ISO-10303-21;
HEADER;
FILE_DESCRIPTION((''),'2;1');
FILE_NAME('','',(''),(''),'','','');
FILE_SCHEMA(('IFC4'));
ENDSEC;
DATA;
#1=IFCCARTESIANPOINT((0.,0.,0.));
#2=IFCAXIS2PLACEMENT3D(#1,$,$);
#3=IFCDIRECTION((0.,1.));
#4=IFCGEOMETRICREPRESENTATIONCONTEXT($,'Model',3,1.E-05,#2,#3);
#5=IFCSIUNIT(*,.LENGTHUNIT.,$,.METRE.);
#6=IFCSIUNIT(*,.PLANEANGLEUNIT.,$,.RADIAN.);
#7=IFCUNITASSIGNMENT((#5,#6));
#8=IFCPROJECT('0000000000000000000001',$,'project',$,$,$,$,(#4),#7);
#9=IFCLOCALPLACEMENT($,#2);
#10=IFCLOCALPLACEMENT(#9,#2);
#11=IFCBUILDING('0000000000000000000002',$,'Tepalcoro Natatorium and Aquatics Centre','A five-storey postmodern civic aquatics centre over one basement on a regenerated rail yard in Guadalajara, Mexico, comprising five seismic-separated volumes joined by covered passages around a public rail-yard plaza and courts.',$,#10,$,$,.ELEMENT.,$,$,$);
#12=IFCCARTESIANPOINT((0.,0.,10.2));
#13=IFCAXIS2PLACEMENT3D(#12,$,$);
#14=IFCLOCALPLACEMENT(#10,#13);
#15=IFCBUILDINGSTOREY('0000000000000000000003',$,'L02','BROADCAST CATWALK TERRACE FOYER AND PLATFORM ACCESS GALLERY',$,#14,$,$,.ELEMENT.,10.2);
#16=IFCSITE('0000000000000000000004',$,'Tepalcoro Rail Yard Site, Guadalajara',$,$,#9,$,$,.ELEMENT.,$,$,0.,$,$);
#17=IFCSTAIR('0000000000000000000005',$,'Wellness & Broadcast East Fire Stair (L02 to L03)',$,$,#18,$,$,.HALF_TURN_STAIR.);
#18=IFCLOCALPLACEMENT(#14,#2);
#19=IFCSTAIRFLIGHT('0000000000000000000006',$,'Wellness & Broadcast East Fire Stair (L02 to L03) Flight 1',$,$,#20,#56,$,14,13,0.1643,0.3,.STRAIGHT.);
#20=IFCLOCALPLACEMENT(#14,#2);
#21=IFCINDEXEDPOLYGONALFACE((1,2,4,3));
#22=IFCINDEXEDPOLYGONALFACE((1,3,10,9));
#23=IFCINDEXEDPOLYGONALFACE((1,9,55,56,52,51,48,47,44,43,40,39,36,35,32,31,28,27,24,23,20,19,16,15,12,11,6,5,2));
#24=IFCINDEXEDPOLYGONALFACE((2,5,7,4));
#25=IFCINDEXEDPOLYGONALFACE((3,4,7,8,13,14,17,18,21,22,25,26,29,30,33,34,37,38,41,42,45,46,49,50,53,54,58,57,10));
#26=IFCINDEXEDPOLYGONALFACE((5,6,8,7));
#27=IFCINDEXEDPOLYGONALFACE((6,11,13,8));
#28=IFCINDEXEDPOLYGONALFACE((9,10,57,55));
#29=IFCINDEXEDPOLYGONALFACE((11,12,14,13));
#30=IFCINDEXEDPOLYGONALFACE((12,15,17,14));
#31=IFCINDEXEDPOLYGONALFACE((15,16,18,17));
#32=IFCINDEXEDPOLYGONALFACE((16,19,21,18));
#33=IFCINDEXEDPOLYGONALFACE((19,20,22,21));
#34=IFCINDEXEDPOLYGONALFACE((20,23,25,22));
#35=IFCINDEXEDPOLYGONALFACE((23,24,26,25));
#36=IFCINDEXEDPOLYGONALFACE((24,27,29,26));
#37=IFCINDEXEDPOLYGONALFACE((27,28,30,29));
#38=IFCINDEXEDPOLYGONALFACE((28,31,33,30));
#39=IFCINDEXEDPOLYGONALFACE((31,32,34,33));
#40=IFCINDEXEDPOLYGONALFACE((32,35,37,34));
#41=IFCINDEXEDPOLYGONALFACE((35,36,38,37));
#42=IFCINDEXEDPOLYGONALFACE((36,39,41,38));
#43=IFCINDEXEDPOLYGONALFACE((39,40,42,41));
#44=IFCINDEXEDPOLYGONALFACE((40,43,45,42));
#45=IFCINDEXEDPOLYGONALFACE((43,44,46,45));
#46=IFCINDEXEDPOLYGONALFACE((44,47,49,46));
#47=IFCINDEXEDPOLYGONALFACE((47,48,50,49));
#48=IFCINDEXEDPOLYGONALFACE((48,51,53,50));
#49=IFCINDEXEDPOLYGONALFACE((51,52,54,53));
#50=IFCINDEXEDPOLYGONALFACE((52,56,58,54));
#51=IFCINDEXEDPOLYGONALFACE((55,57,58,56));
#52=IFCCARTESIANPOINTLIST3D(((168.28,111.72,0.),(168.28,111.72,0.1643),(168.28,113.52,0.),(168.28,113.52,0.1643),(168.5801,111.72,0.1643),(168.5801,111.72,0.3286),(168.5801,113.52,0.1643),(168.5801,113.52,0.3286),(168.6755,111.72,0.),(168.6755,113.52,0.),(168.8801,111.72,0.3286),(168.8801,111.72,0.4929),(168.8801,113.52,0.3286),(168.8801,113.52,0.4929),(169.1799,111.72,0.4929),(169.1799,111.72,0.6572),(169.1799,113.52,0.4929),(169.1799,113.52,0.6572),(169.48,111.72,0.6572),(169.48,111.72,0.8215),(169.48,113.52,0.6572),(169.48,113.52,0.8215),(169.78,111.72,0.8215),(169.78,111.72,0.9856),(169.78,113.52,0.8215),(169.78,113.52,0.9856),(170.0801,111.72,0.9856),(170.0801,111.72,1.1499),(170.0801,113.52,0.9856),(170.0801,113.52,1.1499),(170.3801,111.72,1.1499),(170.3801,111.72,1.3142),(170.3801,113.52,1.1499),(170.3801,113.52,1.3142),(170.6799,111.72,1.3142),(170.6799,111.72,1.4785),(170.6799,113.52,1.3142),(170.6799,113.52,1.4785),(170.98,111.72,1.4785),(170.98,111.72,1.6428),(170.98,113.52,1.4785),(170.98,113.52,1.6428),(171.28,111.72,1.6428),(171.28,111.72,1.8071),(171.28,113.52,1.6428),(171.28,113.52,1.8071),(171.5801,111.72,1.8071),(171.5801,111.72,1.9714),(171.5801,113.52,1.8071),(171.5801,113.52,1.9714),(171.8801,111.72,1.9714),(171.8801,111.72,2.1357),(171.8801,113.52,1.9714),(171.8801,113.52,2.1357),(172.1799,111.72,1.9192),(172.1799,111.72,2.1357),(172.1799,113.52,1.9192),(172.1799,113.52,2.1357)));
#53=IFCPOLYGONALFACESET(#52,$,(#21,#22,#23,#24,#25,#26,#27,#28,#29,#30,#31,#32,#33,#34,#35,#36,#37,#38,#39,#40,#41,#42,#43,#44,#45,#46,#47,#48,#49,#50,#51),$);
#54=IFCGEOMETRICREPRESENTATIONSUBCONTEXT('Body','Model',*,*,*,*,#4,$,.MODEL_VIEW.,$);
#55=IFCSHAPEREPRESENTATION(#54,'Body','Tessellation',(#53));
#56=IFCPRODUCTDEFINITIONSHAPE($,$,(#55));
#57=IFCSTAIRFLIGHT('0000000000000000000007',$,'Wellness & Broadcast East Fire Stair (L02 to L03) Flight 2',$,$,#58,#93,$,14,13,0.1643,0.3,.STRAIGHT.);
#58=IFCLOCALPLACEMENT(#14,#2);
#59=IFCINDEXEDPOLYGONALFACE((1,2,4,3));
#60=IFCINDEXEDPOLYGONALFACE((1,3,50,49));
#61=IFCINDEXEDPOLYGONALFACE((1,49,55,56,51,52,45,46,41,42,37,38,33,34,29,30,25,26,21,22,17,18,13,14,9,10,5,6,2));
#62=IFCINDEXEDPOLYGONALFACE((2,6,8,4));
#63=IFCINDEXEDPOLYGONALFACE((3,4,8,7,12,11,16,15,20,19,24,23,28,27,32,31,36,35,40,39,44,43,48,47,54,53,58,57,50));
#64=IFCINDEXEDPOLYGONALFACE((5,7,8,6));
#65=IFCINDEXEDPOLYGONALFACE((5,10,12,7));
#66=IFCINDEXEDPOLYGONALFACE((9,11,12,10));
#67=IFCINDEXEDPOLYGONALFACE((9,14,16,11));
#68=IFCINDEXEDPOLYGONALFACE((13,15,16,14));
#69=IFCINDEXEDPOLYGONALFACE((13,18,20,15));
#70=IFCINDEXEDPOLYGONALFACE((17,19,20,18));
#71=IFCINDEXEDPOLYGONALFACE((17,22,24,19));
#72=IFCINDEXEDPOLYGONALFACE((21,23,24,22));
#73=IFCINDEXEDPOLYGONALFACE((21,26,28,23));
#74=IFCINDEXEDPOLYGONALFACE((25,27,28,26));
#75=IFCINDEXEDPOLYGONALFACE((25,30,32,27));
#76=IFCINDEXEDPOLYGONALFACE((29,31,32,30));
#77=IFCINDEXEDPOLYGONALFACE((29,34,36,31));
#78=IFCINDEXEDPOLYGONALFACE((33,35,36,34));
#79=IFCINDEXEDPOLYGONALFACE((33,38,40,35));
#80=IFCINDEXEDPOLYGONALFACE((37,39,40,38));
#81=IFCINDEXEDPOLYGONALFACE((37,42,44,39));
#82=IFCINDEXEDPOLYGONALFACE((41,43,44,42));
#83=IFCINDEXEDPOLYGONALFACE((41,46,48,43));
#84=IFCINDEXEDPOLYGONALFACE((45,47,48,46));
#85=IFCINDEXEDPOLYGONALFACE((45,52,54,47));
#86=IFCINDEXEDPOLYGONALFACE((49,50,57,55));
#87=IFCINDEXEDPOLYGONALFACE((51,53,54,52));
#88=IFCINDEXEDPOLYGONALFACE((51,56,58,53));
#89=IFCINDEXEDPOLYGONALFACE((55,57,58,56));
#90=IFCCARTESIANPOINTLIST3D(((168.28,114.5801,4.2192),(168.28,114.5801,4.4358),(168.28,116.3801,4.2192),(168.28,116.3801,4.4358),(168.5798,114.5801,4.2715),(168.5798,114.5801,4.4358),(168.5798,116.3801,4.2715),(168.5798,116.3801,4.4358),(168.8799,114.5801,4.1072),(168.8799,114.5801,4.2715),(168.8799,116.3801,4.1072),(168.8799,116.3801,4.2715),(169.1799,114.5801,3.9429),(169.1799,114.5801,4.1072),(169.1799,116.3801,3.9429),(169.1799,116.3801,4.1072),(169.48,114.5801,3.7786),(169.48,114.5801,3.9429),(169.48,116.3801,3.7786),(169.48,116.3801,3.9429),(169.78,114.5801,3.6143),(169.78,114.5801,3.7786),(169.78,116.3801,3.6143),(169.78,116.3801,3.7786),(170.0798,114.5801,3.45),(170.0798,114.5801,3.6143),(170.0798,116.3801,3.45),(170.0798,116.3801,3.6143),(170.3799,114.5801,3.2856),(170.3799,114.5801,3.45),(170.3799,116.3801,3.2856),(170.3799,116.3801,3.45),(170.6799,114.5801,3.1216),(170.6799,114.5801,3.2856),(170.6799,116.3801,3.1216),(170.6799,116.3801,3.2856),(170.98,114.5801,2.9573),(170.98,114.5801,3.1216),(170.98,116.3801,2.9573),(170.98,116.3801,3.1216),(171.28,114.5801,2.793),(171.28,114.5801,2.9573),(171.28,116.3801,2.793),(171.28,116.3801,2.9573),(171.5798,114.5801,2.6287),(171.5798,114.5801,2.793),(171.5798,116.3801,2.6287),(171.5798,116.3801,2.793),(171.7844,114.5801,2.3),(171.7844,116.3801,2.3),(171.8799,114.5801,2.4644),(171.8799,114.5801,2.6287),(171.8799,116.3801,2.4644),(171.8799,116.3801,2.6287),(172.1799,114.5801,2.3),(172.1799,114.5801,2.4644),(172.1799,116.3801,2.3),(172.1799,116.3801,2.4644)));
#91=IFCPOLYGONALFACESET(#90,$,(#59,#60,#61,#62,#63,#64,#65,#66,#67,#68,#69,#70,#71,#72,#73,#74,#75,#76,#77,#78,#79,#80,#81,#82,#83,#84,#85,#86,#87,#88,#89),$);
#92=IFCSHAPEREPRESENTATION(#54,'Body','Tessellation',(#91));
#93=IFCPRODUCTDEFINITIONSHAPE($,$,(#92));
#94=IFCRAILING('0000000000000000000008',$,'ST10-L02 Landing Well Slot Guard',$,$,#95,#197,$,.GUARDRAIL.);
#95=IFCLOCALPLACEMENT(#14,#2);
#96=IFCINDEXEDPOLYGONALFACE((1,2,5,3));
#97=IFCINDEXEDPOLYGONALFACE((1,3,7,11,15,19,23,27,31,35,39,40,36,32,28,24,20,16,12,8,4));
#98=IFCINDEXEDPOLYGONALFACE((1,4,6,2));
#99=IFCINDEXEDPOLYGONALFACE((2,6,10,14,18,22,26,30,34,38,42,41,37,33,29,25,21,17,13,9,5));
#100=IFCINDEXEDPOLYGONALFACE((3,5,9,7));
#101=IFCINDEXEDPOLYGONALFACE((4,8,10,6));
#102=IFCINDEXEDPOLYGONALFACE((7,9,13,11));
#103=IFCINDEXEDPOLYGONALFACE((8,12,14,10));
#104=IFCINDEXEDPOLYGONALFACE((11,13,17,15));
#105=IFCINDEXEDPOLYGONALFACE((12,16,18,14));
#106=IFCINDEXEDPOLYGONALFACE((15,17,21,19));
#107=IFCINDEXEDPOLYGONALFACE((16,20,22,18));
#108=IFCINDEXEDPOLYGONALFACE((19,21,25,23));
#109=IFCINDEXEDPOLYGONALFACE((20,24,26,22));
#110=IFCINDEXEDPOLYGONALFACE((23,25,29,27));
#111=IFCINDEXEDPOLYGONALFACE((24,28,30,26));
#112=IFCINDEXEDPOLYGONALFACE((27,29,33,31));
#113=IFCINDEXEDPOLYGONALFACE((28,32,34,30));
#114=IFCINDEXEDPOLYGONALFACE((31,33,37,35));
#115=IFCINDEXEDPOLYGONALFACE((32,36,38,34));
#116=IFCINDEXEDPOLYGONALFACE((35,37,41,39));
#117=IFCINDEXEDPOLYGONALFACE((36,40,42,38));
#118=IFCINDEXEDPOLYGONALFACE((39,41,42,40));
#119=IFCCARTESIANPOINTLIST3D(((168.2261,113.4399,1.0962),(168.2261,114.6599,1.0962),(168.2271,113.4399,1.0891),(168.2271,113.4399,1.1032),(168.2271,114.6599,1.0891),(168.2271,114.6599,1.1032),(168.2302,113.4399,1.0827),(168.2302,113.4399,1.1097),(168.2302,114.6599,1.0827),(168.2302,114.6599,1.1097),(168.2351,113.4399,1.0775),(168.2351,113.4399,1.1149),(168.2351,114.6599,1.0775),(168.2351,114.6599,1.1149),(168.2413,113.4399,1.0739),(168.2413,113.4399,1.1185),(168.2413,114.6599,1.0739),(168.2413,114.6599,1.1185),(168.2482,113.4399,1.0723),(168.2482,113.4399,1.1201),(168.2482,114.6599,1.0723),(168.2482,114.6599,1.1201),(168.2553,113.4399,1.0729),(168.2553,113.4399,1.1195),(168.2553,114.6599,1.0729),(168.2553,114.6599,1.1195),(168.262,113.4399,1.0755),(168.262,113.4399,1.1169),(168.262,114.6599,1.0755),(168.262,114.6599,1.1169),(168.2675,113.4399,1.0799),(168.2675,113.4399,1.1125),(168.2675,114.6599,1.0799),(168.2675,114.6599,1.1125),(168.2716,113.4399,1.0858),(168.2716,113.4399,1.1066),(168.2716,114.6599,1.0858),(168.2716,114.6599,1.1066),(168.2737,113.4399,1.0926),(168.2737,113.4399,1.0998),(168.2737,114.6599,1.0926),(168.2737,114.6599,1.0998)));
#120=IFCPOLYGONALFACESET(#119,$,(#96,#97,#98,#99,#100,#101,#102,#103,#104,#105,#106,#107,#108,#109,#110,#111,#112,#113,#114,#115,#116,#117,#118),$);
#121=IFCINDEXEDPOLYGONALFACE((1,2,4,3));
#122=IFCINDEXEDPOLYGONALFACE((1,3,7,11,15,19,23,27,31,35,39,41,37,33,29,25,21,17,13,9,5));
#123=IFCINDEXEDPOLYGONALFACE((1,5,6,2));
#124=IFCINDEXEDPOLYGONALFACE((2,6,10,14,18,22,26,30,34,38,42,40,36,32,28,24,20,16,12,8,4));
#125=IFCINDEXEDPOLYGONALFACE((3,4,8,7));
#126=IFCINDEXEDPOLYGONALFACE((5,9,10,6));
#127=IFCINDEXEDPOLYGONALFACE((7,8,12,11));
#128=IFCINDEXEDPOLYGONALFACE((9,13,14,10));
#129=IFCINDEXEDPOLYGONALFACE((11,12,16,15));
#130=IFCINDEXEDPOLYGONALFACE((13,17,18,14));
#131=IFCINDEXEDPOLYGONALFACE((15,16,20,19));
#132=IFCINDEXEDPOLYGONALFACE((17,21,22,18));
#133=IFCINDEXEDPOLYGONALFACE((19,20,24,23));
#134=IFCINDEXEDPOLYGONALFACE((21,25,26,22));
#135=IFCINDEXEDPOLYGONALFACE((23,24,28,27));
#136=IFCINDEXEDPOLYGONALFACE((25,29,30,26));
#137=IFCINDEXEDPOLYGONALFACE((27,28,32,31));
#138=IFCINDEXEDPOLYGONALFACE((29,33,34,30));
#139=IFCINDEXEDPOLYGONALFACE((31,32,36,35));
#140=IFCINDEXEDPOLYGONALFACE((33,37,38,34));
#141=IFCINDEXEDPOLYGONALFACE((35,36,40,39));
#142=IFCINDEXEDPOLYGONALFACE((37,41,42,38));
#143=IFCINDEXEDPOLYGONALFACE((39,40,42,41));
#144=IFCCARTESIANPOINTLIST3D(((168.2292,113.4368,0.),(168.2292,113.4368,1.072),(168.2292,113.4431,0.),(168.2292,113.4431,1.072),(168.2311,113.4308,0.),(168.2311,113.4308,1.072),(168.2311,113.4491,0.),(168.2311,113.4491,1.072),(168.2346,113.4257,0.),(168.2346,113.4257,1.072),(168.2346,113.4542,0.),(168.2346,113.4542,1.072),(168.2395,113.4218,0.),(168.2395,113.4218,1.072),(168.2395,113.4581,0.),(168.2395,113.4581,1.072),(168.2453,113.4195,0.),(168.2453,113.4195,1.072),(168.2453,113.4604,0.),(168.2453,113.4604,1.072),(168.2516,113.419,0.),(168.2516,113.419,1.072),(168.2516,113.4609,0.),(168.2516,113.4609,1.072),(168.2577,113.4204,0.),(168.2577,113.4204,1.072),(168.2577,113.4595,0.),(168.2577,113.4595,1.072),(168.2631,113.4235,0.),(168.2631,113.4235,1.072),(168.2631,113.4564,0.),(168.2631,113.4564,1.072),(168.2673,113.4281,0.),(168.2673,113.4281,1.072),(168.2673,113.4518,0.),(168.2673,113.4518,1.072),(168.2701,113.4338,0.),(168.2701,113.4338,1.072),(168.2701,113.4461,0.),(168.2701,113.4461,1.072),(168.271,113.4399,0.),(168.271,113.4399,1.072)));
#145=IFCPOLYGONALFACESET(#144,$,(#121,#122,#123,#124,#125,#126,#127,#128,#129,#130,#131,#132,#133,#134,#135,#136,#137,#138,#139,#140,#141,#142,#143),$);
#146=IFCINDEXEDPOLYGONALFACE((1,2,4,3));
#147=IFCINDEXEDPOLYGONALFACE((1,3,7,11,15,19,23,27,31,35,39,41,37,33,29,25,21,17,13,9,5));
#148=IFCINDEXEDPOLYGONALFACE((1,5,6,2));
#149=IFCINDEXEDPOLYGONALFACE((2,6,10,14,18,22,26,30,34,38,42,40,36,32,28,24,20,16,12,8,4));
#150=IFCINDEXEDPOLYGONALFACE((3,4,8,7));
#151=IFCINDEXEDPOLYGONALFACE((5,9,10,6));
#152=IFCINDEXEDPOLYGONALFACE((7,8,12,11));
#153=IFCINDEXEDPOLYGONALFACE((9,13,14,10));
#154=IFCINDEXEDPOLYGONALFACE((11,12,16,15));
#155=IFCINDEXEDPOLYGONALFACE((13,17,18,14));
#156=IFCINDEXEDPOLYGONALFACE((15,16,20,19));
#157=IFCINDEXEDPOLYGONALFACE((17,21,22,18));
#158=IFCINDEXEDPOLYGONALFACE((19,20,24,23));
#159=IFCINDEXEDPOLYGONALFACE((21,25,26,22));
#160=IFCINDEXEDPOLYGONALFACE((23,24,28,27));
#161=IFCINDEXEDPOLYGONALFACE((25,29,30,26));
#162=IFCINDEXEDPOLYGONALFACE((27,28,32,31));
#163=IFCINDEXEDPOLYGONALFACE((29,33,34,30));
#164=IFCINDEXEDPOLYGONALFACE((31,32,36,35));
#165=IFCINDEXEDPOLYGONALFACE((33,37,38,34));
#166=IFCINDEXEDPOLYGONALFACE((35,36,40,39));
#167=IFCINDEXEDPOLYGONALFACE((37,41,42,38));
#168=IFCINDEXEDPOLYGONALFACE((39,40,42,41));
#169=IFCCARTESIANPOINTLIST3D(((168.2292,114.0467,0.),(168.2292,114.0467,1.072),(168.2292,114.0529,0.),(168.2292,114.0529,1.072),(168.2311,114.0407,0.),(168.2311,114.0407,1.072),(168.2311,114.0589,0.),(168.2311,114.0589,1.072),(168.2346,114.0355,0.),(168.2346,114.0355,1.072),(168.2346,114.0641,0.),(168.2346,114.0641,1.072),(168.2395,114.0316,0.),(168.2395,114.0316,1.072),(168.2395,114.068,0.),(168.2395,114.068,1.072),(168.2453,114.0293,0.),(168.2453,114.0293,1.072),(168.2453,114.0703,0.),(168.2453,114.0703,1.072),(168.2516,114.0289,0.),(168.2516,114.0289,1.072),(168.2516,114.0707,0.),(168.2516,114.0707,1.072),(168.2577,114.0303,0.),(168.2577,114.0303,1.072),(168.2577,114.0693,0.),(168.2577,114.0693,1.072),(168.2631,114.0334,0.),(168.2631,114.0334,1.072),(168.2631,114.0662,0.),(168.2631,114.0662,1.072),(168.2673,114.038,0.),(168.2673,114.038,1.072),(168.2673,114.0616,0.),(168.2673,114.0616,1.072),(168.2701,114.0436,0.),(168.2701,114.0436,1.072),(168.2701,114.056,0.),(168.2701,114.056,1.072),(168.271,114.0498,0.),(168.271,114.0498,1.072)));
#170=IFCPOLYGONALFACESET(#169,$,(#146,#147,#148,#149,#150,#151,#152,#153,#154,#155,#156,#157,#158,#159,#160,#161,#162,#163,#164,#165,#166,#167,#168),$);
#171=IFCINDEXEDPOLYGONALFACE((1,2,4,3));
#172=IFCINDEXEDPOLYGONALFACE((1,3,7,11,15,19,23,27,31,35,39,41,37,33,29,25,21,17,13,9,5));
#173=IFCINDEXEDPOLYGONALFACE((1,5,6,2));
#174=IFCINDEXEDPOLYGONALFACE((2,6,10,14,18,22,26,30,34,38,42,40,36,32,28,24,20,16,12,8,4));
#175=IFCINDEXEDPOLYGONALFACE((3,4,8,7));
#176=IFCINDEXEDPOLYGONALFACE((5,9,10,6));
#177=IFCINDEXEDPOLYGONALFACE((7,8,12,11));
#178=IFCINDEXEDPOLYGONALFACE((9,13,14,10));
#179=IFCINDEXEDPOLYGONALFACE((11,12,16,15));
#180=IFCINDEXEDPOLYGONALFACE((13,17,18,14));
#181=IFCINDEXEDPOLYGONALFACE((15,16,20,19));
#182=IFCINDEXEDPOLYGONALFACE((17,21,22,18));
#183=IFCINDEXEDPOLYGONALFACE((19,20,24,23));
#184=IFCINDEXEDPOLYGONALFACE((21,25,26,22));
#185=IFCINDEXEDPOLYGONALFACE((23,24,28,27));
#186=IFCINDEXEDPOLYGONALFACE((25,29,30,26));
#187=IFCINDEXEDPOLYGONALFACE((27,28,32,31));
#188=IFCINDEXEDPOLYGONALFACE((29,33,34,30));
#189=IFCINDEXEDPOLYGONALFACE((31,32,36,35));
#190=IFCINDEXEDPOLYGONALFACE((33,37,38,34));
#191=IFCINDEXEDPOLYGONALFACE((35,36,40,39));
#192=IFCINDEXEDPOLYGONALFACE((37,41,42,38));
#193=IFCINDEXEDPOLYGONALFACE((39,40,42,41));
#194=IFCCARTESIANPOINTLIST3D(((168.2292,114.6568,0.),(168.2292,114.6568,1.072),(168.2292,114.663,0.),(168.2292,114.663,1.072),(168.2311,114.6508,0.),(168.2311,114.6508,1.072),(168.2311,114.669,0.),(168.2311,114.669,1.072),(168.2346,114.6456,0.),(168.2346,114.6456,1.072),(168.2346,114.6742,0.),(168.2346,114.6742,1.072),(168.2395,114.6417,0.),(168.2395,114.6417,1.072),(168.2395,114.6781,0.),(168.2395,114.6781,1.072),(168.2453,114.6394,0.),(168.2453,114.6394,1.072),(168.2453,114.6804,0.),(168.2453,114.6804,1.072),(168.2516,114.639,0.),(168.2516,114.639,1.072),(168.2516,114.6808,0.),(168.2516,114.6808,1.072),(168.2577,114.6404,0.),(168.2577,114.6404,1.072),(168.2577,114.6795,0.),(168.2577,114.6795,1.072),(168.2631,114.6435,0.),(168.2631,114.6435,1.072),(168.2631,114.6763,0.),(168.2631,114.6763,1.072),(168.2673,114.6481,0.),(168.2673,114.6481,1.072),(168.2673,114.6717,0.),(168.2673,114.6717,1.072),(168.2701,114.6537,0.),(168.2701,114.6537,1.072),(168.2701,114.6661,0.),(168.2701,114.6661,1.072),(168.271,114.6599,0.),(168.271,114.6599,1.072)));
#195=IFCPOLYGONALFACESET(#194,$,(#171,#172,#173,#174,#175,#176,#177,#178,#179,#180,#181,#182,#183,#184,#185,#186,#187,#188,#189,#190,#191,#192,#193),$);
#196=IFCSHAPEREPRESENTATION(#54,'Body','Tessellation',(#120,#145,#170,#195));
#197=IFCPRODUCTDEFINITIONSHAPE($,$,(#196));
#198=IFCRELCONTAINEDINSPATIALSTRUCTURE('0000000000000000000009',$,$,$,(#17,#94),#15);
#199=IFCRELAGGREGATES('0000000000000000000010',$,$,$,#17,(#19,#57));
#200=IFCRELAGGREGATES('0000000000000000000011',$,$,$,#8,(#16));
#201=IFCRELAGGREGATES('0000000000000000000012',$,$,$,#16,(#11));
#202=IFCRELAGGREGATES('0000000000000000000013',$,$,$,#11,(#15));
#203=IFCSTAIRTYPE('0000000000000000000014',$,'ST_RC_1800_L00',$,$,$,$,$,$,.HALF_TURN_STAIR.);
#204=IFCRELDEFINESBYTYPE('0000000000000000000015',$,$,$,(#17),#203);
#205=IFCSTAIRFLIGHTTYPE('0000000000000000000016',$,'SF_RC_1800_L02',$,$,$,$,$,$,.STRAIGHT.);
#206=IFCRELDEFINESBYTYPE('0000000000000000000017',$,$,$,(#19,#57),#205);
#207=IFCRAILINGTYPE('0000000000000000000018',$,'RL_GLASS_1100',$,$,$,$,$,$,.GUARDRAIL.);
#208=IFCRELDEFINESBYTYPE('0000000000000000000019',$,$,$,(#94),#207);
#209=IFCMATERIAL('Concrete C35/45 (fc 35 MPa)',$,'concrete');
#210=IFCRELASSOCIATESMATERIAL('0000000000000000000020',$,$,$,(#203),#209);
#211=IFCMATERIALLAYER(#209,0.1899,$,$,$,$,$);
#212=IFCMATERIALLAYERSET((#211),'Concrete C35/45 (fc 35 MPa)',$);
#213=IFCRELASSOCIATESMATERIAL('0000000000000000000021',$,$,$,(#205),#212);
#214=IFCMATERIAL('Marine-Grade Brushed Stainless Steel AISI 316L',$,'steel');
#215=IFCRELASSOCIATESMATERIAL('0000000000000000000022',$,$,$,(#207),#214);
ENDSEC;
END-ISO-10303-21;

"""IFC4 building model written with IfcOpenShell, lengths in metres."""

from ifc_helpers import new_model, si_unit, direction, frame, origin, origin_2d, place, context, subcontext, project, spatial, polyline, circle, outline, extrude, material, layer, layer_set, type_object, element, aggregate, save


model = new_model("IFC4")

# Units and contexts
model_context = context("Model", 3, precision=1e-05, world=origin(), true_north=direction((0.0, 1.0)))
body_context = subcontext(model_context, "Body", "Model", "MODEL_VIEW")
ifc_project = project(units=[si_unit("LENGTHUNIT", "METRE"), si_unit("PLANEANGLEUNIT", "RADIAN")], contexts=[model_context])

# Site, building, storey
site_placement = place(None, origin())
site = spatial("IfcSite", under=ifc_project, at=site_placement, Name="Tepalcoro Rail Yard Site, Guadalajara", CompositionType="ELEMENT", RefElevation=0.0)
building_placement = place(site_placement, origin())
building = spatial("IfcBuilding", under=site, at=building_placement, Name="Tepalcoro Natatorium and Aquatics Centre", Description="A five-storey postmodern civic aquatics centre over one basement on a regenerated rail yard in Guadalajara, Mexico, comprising five seismic-separated volumes joined by covered passages around a public rail-yard plaza and courts.", CompositionType="ELEMENT")
storey_placement = place(building_placement, frame((0.0, 0.0, 10.2)))
storey = spatial("IfcBuildingStorey", under=building, at=storey_placement, Name="L02", Description="BROADCAST CATWALK TERRACE FOYER AND PLATFORM ACCESS GALLERY", CompositionType="ELEMENT", Elevation=10.2)

# Stair, stair flights
ifc_material_1 = material(Name="Concrete C35/45 (fc 35 MPa)", Category="concrete")
stair_type = type_object("IfcStairType", Name="ST_RC_1800_L00", PredefinedType="HALF_TURN_STAIR", material=ifc_material_1)
stair_placement = place(storey_placement, origin())
stair = element("IfcStair", 1, at=stair_placement, inside=storey, type_object=stair_type, Name="Wellness & Broadcast East Fire Stair (L02 to L03)", PredefinedType="HALF_TURN_STAIR")
ifc_layer_1 = layer(ifc_material_1, 0.1899)
ifc_layer_set_1 = layer_set([ifc_layer_1], Name="Concrete C35/45 (fc 35 MPa)")
stair_flight_type = type_object("IfcStairFlightType", Name="SF_RC_1800_L02", PredefinedType="STRAIGHT", material=ifc_layer_set_1)
stair_flight_1_placement = place(storey_placement, frame((168.28, 112.6201, 0.0), z_axis=(0.0, 0.0, 1.0), x_axis=(1.0, 0.0, 0.0)))
stair_flight_1 = element("IfcStairFlight", 2, at=stair_flight_1_placement, type_object=stair_flight_type, Name="Wellness & Broadcast East Fire Stair (L02 to L03) Flight 1", NumberOfRisers=14, NumberOfTreads=13, PredefinedType="STRAIGHT", RiserHeight=0.1643, TreadLength=0.3, context=body_context, shape_type="SweptSolid", body=[
    extrude(outline(polyline([(0.0, 0.0), (0.0, 0.1643), (0.3, 0.1643), (0.3, 0.3286), (0.6001, 0.3286), (0.6001, 0.4929), (0.8999, 0.4929), (0.8999, 0.6572), (1.2, 0.6572), (1.2, 0.8215), (1.5, 0.8215), (1.5, 0.9856), (1.8, 0.9856), (1.8, 1.1499), (2.1001, 1.1499), (2.1001, 1.3142), (2.3999, 1.3142), (2.3999, 1.4785), (2.7, 1.4785), (2.7, 1.6428), (3.0, 1.6428), (3.0, 1.8071), (3.3, 1.8071), (3.3, 1.9714), (3.6001, 1.9714), (3.6001, 2.1357), (3.8999, 2.1357), (3.8999, 2.3), (3.8999, 1.9192), (0.3955, 0.0), (0.0, 0.0)])), frame((0.0, 0.8999, 0.0), z_axis=(0.0, -1.0, 0.0), x_axis=(1.0, 0.0, 0.0)), (0.0, 0.0, 1.0), 1.8),
])
stair_flight_2_placement = place(storey_placement, frame((172.1799, 115.48, 2.3), z_axis=(0.0, 0.0, 1.0), x_axis=(-1.0, 0.0, 0.0)))
stair_flight_2 = element("IfcStairFlight", 3, at=stair_flight_2_placement, type_object=stair_flight_type, Name="Wellness & Broadcast East Fire Stair (L02 to L03) Flight 2", NumberOfRisers=14, NumberOfTreads=13, PredefinedType="STRAIGHT", RiserHeight=0.1643, TreadLength=0.3, context=body_context, shape_type="SweptSolid", body=[
    extrude(outline(polyline([(0.0, 0.0), (0.0, 0.1643), (0.3, 0.1643), (0.3, 0.3286), (0.6001, 0.3286), (0.6001, 0.4929), (0.8999, 0.4929), (0.8999, 0.6572), (1.2, 0.6572), (1.2, 0.8215), (1.5, 0.8215), (1.5, 0.9856), (1.8, 0.9856), (1.8, 1.1499), (2.1001, 1.1499), (2.1001, 1.3142), (2.3999, 1.3142), (2.3999, 1.4785), (2.7, 1.4785), (2.7, 1.6428), (3.0, 1.6428), (3.0, 1.8071), (3.3, 1.8071), (3.3, 1.9714), (3.6001, 1.9714), (3.6001, 2.1357), (3.8999, 2.1357), (3.8999, 2.3), (3.8999, 1.9192), (0.3955, 0.0), (0.0, 0.0)])), frame((0.0, 0.8999, 0.0), z_axis=(0.0, -1.0, 0.0), x_axis=(1.0, 0.0, 0.0)), (0.0, 0.0, 1.0), 1.8),
])
aggregate(stair, [stair_flight_1, stair_flight_2])

# Railing
ifc_material_2 = material(Name="Marine-Grade Brushed Stainless Steel AISI 316L", Category="steel")
railing_type_1 = type_object("IfcRailingType", Name="RL_GLASS_1100", PredefinedType="GUARDRAIL", material=ifc_material_2)
railing_1_placement = place(storey_placement, frame((168.25, 113.4399, 0.0)))
element("IfcRailing", 4, at=railing_1_placement, inside=storey, type_object=railing_type_1, Name="ST10-L02 Landing Well Slot Guard", PredefinedType="GUARDRAIL", context=body_context, shape_type="SweptSolid", body=[
    extrude(circle(Radius=0.0239, at=origin_2d()), frame((0.0, 0.0, 1.0962), z_axis=(0.0, 1.0, 0.0), x_axis=(-1.0, 0.0, 0.0)), (0.0, 0.0, 1.0), 1.22),
    extrude(circle(Radius=0.021, at=origin_2d()), origin(), (0.0, 0.0, 1.0), 1.072),
    extrude(circle(Radius=0.021, at=origin_2d()), frame((0.0, 0.6099, 0.0)), (0.0, 0.0, 1.0), 1.072),
    extrude(circle(Radius=0.021, at=origin_2d()), frame((0.0, 1.22, 0.0)), (0.0, 0.0, 1.0), 1.072),
])

save(model, "model.ifc")
